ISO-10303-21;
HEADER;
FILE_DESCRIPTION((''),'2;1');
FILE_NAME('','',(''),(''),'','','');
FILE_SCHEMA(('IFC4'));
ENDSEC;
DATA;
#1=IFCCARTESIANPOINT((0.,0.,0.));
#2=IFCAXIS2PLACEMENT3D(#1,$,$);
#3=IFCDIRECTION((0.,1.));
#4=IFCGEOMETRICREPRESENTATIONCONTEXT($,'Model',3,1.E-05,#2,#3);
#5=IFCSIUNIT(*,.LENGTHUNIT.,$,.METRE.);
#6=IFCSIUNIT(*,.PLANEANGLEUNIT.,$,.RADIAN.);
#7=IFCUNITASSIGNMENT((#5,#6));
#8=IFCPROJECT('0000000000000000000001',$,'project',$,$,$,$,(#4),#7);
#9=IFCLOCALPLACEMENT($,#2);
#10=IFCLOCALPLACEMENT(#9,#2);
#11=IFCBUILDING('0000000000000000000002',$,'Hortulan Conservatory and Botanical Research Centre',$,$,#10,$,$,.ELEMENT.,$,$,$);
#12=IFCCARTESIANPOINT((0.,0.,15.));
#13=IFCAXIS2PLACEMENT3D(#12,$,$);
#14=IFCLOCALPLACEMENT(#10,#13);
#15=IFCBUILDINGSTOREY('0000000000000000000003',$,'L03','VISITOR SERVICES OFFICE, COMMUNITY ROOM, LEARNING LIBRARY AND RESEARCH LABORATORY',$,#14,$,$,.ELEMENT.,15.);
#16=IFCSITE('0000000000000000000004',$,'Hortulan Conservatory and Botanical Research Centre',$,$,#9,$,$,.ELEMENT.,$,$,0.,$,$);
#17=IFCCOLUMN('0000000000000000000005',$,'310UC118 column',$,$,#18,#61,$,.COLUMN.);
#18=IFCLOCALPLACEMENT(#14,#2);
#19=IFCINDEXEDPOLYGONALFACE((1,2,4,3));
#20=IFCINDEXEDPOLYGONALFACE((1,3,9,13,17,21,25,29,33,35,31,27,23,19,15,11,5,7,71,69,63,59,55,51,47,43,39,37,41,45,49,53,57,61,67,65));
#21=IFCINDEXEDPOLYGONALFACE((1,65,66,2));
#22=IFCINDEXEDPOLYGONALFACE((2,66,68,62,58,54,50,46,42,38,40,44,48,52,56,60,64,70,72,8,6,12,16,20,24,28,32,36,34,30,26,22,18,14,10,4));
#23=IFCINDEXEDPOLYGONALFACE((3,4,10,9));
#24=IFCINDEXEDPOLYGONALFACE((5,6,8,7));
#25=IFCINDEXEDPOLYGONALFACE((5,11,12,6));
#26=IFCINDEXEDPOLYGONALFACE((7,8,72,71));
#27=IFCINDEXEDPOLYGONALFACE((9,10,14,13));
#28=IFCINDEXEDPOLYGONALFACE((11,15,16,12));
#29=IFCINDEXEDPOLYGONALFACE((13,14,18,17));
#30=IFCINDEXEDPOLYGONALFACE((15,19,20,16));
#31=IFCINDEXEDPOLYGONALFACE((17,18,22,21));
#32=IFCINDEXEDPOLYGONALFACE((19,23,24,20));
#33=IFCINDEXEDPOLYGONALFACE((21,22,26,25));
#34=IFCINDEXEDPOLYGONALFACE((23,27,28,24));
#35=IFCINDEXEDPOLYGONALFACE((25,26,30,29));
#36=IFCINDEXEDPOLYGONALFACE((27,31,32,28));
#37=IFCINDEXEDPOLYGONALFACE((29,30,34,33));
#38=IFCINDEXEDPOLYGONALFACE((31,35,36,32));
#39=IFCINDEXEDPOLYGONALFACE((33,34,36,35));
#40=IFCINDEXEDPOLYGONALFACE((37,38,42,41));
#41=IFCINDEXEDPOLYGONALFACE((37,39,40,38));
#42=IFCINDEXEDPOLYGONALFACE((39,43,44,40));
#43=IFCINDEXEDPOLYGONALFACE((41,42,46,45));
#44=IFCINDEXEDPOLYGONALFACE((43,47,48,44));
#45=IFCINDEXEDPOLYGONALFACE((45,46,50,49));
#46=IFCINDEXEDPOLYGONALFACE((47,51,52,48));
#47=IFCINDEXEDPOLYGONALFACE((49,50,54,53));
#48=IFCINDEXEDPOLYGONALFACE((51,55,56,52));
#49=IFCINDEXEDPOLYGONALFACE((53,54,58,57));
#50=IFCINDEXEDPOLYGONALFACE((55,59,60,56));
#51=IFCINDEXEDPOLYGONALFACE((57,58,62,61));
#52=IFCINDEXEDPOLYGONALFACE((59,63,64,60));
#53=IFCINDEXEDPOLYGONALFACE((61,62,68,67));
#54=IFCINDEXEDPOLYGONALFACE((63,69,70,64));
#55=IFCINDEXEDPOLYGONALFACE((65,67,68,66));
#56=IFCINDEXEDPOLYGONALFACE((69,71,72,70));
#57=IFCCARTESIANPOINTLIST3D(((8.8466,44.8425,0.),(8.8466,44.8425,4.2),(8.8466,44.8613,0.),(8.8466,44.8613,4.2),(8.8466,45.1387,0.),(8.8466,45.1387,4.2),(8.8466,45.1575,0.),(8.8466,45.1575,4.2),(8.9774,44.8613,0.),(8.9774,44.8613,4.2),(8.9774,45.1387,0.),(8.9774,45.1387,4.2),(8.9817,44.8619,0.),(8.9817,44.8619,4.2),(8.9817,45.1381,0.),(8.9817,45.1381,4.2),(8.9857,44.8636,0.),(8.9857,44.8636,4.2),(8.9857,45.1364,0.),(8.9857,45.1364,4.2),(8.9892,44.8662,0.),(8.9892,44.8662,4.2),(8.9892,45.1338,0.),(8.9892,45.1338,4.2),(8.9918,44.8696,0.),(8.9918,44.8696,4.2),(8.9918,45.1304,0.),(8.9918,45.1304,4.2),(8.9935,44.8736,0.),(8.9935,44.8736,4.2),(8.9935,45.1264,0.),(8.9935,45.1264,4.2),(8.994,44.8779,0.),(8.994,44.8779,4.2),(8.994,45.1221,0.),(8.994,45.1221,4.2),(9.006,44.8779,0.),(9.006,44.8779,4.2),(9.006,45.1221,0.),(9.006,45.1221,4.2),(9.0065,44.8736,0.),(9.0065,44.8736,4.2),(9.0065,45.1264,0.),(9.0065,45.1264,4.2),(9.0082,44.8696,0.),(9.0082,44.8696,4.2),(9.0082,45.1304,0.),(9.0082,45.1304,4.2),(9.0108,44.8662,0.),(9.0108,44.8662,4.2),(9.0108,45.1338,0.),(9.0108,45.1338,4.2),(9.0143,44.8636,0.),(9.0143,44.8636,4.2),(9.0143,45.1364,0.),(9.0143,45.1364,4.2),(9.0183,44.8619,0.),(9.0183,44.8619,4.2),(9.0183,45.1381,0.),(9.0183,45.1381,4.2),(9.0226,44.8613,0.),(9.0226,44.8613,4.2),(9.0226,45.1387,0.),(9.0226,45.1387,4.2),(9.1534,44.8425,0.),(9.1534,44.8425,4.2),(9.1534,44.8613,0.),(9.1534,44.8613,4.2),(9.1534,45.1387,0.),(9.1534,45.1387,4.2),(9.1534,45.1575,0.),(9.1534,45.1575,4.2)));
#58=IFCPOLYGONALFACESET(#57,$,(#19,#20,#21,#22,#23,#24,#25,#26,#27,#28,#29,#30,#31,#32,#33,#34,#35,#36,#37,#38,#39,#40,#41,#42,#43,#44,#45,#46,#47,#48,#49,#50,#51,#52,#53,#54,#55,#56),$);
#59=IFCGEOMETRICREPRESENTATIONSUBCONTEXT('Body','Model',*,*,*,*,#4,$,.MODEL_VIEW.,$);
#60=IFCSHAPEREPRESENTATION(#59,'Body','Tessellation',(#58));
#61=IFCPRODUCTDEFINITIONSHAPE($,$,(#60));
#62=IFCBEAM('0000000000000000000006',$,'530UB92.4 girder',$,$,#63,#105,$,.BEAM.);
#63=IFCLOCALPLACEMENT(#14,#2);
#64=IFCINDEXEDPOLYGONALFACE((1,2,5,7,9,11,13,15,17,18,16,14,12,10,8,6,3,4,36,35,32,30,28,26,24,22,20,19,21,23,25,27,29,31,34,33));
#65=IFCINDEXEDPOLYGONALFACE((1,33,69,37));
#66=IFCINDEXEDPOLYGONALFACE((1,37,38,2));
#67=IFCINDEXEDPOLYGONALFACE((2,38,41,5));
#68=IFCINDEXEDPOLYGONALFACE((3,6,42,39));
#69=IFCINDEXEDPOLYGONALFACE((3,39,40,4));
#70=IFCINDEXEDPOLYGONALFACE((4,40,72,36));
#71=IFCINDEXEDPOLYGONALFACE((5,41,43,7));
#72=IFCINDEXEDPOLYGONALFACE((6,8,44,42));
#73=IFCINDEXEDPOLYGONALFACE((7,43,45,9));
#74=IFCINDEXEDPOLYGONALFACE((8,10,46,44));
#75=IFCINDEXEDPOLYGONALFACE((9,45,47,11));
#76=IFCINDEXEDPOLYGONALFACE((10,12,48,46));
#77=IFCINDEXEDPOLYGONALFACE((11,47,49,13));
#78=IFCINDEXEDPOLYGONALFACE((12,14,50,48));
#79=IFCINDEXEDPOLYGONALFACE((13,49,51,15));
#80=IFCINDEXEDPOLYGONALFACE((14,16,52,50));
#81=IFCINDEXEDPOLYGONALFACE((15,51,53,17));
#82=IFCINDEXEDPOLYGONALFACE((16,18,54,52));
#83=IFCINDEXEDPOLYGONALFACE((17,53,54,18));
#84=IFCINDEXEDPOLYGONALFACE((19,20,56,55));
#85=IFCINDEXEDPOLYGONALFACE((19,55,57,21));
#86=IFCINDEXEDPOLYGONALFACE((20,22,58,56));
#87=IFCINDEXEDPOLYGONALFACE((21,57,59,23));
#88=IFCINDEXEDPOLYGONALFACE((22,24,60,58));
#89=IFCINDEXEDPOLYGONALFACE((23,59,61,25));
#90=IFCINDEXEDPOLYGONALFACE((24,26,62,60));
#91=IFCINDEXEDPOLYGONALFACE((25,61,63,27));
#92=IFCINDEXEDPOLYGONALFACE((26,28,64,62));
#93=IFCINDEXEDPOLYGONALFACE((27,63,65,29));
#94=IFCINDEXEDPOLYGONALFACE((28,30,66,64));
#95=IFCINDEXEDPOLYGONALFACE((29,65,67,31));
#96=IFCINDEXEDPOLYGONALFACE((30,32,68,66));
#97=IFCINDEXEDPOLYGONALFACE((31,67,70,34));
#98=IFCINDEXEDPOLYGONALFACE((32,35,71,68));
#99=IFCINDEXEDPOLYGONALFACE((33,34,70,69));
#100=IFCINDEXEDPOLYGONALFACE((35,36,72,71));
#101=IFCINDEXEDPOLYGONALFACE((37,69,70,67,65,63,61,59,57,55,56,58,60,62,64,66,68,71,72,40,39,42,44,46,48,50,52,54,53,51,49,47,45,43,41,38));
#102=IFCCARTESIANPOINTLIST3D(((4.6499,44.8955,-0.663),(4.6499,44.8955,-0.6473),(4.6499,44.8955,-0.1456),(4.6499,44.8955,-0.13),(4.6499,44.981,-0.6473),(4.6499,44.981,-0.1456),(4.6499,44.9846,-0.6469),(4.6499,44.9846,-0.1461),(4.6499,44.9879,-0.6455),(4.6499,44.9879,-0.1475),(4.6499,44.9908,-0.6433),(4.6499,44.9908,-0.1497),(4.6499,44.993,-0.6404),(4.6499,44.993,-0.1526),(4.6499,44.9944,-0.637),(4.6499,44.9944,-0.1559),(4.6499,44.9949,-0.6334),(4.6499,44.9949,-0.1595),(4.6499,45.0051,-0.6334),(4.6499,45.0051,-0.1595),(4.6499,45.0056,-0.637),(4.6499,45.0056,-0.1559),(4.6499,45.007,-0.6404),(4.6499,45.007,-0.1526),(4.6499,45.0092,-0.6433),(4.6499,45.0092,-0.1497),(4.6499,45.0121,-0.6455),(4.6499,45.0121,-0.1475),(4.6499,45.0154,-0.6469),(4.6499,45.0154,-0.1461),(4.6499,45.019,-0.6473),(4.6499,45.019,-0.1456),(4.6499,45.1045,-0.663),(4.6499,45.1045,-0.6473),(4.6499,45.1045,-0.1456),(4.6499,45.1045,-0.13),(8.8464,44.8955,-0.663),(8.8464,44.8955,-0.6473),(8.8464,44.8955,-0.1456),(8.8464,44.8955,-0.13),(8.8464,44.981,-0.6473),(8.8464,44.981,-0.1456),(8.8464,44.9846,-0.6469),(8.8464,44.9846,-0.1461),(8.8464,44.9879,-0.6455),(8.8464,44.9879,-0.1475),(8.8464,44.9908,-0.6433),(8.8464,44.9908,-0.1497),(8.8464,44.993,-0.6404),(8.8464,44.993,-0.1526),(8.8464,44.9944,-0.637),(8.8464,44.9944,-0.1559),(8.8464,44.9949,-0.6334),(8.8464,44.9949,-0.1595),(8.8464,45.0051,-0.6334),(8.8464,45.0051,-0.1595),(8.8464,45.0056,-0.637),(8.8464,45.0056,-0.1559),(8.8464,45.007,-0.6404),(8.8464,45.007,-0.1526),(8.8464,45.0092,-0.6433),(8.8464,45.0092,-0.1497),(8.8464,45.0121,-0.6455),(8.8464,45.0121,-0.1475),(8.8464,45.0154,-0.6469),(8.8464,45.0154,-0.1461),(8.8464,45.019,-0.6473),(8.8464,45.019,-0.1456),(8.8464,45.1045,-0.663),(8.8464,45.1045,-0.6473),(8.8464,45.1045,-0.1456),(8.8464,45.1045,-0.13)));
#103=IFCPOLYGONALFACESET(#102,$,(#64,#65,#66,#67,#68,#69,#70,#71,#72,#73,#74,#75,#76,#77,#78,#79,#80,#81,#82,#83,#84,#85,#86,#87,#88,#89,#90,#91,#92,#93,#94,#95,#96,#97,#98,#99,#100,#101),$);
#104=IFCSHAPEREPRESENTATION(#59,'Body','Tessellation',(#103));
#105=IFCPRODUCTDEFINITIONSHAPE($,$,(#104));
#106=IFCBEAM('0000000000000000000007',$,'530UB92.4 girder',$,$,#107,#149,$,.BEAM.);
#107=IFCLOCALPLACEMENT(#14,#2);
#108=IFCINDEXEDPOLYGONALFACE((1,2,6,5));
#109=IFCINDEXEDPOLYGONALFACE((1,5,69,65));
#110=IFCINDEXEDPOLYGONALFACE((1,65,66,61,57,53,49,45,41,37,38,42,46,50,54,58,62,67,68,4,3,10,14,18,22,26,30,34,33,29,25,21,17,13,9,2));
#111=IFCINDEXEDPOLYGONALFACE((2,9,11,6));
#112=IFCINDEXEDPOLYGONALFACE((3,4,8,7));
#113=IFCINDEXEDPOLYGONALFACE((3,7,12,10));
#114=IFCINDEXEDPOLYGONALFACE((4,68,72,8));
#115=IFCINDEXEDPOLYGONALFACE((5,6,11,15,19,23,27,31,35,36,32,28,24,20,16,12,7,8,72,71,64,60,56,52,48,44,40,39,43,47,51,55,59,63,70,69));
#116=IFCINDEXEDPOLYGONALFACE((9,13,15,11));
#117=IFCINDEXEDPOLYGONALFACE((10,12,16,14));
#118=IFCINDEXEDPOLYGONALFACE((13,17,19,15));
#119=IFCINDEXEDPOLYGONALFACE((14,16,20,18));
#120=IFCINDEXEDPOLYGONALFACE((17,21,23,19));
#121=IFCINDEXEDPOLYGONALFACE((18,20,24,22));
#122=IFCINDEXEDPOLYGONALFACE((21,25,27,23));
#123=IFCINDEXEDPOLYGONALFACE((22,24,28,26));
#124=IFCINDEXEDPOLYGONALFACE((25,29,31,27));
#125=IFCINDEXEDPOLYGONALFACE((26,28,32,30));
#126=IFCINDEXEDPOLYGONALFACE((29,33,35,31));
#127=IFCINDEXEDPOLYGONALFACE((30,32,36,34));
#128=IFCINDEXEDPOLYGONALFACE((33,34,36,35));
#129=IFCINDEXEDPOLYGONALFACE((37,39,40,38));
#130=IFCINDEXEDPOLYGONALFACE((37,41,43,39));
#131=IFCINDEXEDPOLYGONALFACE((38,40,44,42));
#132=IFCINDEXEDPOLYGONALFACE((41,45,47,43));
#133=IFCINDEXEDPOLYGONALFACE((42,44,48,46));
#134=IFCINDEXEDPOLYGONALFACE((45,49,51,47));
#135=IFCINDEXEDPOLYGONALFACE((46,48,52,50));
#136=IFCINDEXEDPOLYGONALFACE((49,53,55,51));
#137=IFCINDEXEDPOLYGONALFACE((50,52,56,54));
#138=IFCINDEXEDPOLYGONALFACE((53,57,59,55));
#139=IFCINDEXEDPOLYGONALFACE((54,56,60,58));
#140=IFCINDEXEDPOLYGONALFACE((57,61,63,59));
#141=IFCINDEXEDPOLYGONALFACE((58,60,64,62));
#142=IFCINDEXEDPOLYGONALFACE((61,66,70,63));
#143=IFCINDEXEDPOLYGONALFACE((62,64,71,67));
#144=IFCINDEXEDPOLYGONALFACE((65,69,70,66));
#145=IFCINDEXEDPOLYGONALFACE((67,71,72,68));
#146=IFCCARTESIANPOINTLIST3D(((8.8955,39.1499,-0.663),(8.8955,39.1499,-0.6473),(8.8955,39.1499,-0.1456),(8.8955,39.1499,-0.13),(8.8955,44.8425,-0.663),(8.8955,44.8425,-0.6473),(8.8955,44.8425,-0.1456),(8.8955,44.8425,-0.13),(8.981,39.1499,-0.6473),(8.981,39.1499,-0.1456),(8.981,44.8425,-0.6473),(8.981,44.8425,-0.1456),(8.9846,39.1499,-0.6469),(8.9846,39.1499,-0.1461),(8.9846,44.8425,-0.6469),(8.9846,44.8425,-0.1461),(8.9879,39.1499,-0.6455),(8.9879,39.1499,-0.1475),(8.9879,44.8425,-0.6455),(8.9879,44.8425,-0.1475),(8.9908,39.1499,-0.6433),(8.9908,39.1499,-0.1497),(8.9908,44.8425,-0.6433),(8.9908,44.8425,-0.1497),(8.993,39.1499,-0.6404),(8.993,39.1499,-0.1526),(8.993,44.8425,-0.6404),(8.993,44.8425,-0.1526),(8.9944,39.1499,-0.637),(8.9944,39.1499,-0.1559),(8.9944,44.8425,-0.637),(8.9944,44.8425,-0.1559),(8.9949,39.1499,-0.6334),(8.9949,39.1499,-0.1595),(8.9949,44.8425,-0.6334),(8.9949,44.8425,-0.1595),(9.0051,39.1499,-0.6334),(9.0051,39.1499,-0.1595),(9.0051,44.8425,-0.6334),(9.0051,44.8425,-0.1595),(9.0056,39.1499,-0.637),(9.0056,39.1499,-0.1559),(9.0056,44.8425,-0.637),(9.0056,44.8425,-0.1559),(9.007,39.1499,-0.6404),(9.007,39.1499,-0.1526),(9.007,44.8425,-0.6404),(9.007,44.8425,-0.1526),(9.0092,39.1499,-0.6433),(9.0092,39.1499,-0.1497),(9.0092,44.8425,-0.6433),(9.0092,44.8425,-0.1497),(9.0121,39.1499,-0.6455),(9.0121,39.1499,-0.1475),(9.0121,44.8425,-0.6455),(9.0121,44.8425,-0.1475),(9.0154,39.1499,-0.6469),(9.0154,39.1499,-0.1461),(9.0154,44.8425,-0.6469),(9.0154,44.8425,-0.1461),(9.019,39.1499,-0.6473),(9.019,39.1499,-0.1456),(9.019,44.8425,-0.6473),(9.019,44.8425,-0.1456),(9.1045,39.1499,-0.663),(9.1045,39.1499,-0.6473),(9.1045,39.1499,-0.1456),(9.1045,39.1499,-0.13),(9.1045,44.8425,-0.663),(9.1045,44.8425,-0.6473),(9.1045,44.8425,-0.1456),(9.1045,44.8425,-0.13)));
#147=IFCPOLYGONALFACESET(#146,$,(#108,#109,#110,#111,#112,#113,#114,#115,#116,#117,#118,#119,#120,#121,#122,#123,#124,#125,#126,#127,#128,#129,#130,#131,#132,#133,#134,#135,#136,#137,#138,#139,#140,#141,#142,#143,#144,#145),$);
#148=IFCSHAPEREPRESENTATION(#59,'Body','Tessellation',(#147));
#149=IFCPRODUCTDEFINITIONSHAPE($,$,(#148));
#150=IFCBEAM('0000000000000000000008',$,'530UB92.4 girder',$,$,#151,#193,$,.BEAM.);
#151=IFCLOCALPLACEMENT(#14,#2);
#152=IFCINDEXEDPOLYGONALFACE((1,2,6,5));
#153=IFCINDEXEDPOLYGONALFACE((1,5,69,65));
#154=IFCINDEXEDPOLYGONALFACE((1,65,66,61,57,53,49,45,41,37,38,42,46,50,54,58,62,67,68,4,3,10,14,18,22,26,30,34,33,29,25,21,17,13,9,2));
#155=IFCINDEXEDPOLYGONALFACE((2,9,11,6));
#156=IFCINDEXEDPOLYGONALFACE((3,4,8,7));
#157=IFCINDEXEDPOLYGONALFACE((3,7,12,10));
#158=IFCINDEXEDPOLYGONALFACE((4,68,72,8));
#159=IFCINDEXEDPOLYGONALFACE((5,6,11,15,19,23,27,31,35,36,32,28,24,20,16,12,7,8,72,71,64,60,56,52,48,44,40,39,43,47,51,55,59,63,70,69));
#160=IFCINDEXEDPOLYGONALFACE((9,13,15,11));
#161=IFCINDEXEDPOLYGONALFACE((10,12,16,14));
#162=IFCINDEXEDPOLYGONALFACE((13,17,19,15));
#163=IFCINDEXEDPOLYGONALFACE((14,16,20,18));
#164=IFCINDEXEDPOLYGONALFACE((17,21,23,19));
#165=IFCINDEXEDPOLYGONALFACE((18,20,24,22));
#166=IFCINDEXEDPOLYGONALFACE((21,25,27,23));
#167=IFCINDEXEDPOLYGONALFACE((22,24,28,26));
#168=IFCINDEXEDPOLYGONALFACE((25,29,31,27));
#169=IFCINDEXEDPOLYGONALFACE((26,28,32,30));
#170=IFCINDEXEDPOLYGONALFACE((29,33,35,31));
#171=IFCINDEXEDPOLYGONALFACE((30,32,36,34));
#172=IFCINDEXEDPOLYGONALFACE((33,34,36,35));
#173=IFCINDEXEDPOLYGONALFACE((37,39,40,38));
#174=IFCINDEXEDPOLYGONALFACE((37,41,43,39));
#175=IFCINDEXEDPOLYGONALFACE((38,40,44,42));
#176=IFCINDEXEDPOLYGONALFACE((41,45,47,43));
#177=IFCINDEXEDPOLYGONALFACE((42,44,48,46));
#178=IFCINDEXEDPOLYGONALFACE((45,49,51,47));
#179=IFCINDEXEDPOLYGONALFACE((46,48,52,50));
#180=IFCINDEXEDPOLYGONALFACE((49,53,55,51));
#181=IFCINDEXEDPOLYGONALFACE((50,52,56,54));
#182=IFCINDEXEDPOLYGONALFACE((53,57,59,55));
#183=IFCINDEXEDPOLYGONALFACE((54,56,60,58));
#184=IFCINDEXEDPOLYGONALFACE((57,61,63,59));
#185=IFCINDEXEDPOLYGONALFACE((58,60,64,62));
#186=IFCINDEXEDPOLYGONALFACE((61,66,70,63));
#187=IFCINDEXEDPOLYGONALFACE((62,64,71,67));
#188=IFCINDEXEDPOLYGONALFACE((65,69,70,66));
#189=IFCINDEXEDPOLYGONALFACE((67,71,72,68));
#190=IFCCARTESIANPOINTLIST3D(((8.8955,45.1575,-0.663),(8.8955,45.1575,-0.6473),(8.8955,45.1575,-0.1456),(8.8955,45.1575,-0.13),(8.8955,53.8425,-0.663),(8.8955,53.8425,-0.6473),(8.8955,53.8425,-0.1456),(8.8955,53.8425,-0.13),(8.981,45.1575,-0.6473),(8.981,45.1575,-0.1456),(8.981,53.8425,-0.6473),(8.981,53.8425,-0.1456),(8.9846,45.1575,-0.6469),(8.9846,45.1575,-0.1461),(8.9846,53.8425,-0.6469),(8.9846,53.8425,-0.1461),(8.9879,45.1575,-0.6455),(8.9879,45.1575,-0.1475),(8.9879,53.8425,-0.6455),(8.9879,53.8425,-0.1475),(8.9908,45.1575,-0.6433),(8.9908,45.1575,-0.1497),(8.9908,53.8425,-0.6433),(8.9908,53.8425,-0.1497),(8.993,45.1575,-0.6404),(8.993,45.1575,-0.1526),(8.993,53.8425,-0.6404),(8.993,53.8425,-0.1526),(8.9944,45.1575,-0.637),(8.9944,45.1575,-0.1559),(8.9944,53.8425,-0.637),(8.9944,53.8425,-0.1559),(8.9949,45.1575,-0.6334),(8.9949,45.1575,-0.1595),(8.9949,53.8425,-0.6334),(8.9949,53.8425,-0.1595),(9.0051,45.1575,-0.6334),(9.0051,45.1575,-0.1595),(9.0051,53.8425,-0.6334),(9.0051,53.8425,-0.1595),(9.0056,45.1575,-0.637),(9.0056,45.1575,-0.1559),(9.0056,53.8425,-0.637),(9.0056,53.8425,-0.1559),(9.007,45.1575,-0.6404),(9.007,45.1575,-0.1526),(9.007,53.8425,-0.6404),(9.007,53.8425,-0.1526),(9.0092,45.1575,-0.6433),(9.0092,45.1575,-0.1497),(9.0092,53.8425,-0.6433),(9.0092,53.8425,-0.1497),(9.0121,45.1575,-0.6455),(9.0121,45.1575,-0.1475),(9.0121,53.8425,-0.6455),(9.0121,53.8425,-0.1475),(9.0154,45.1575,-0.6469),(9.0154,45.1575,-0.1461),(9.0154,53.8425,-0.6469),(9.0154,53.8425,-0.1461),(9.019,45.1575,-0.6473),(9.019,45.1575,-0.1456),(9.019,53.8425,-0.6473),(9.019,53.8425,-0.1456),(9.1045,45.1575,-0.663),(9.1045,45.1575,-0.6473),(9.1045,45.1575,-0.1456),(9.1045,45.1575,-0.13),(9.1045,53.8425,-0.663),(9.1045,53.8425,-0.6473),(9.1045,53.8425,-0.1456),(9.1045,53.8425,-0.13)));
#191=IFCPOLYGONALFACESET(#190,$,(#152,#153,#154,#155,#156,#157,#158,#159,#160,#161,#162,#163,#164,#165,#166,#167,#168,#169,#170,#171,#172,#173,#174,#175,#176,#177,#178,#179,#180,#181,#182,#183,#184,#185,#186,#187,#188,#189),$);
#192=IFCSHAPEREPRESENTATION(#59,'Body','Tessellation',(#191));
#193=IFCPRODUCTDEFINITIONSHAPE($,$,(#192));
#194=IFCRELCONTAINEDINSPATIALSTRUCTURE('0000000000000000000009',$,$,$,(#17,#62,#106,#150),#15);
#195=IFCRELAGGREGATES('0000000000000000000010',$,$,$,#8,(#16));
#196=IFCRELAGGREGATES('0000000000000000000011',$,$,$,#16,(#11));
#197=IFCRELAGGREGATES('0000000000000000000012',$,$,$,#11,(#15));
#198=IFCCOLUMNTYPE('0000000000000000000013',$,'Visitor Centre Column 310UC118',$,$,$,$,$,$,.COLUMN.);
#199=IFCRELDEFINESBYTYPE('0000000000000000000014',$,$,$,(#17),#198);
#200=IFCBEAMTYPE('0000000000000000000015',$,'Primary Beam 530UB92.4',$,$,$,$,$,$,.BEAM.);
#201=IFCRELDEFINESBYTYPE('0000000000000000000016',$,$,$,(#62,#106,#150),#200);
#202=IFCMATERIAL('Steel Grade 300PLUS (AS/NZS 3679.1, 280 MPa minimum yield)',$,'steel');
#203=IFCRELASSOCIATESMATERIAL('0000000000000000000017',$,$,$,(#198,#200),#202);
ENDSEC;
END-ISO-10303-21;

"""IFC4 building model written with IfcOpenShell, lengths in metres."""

from ifc_helpers import new_model, si_unit, direction, frame, origin, origin_2d, place, context, subcontext, project, spatial, i_section, extrude, material, material_profile, profile_set, type_object, element, save


model = new_model("IFC4")

# Units and contexts
model_context = context("Model", 3, precision=1e-05, world=origin(), true_north=direction((0.0, 1.0)))
body_context = subcontext(model_context, "Body", "Model", "MODEL_VIEW")
ifc_project = project(units=[si_unit("LENGTHUNIT", "METRE"), si_unit("PLANEANGLEUNIT", "RADIAN")], contexts=[model_context])

# Site, building, storey
site_placement = place(None, origin())
site = spatial("IfcSite", under=ifc_project, at=site_placement, Name="Hortulan Conservatory and Botanical Research Centre", CompositionType="ELEMENT", RefElevation=0.0)
building_placement = place(site_placement, origin())
building = spatial("IfcBuilding", under=site, at=building_placement, Name="Hortulan Conservatory and Botanical Research Centre", CompositionType="ELEMENT")
storey_placement = place(building_placement, frame((0.0, 0.0, 15.0)))
storey = spatial("IfcBuildingStorey", under=building, at=storey_placement, Name="L03", Description="VISITOR SERVICES OFFICE, COMMUNITY ROOM, LEARNING LIBRARY AND RESEARCH LABORATORY", CompositionType="ELEMENT", Elevation=15.0)

# Column
ifc_material_1 = material(Name="Steel Grade 300PLUS (AS/NZS 3679.1, 280 MPa minimum yield)", Category="steel")
ifc_material_profile_1 = material_profile(ifc_material_1, i_section(OverallWidth=0.3069, OverallDepth=0.3149, WebThickness=0.012, FlangeThickness=0.0188, FilletRadius=0.0166, at=origin_2d()), Name="310UC118")
ifc_profile_set_1 = profile_set([ifc_material_profile_1], Name="Steel Grade 300PLUS (AS/NZS 3679.1, 280 MPa minimum yield)")
column_type = type_object("IfcColumnType", Name="Visitor Centre Column 310UC118", PredefinedType="COLUMN", material=ifc_profile_set_1)
column_placement = place(storey_placement, frame((9.0, 45.0, 0.0), z_axis=(0.0, 0.0, 1.0), x_axis=(1.0, 0.0, 0.0)))
element("IfcColumn", 1, at=column_placement, inside=storey, type_object=column_type, Name="310UC118 column", PredefinedType="COLUMN", context=body_context, shape_type="SweptSolid", body=[
    extrude(i_section(OverallWidth=0.3069, OverallDepth=0.3149, WebThickness=0.012, FlangeThickness=0.0188, FilletRadius=0.0166, at=origin_2d()), origin(), (0.0, 0.0, 1.0), 4.2),
])

# Beams
ifc_material_profile_2 = material_profile(ifc_material_1, i_section(OverallWidth=0.209, OverallDepth=0.533, WebThickness=0.0103, FlangeThickness=0.0156, FilletRadius=0.0139, at=origin_2d()), Name="530UB92.4")
ifc_profile_set_2 = profile_set([ifc_material_profile_2], Name="Steel Grade 300PLUS (AS/NZS 3679.1, 280 MPa minimum yield)")
beam_type_1 = type_object("IfcBeamType", Name="Primary Beam 530UB92.4", PredefinedType="BEAM", material=ifc_profile_set_2)
beam_1_placement = place(storey_placement, frame((4.6499, 45.0, -0.3965), z_axis=(1.0, 0.0, 0.0), x_axis=(0.0, 1.0, 0.0)))
element("IfcBeam", 2, at=beam_1_placement, inside=storey, type_object=beam_type_1, Name="530UB92.4 girder", PredefinedType="BEAM", context=body_context, shape_type="SweptSolid", body=[
    extrude(i_section(OverallWidth=0.209, OverallDepth=0.533, WebThickness=0.0103, FlangeThickness=0.0156, FilletRadius=0.0139, at=origin_2d()), origin(), (0.0, 0.0, 1.0), 4.1965),
])
beam_2_placement = place(storey_placement, frame((9.0, 39.1499, -0.3965), z_axis=(0.0, 1.0, 0.0), x_axis=(-1.0, 0.0, 0.0)))
element("IfcBeam", 3, at=beam_2_placement, inside=storey, type_object=beam_type_1, Name="530UB92.4 girder", PredefinedType="BEAM", context=body_context, shape_type="SweptSolid", body=[
    extrude(i_section(OverallWidth=0.209, OverallDepth=0.533, WebThickness=0.0103, FlangeThickness=0.0156, FilletRadius=0.0139, at=origin_2d()), origin(), (0.0, 0.0, 1.0), 5.6926),
])
beam_3_placement = place(storey_placement, frame((9.0, 45.1575, -0.3965), z_axis=(0.0, 1.0, 0.0), x_axis=(-1.0, 0.0, 0.0)))
element("IfcBeam", 4, at=beam_3_placement, inside=storey, type_object=beam_type_1, Name="530UB92.4 girder", PredefinedType="BEAM", context=body_context, shape_type="SweptSolid", body=[
    extrude(i_section(OverallWidth=0.209, OverallDepth=0.533, WebThickness=0.0103, FlangeThickness=0.0156, FilletRadius=0.0139, at=origin_2d()), origin(), (0.0, 0.0, 1.0), 8.6851),
])

save(model, "model.ifc")
